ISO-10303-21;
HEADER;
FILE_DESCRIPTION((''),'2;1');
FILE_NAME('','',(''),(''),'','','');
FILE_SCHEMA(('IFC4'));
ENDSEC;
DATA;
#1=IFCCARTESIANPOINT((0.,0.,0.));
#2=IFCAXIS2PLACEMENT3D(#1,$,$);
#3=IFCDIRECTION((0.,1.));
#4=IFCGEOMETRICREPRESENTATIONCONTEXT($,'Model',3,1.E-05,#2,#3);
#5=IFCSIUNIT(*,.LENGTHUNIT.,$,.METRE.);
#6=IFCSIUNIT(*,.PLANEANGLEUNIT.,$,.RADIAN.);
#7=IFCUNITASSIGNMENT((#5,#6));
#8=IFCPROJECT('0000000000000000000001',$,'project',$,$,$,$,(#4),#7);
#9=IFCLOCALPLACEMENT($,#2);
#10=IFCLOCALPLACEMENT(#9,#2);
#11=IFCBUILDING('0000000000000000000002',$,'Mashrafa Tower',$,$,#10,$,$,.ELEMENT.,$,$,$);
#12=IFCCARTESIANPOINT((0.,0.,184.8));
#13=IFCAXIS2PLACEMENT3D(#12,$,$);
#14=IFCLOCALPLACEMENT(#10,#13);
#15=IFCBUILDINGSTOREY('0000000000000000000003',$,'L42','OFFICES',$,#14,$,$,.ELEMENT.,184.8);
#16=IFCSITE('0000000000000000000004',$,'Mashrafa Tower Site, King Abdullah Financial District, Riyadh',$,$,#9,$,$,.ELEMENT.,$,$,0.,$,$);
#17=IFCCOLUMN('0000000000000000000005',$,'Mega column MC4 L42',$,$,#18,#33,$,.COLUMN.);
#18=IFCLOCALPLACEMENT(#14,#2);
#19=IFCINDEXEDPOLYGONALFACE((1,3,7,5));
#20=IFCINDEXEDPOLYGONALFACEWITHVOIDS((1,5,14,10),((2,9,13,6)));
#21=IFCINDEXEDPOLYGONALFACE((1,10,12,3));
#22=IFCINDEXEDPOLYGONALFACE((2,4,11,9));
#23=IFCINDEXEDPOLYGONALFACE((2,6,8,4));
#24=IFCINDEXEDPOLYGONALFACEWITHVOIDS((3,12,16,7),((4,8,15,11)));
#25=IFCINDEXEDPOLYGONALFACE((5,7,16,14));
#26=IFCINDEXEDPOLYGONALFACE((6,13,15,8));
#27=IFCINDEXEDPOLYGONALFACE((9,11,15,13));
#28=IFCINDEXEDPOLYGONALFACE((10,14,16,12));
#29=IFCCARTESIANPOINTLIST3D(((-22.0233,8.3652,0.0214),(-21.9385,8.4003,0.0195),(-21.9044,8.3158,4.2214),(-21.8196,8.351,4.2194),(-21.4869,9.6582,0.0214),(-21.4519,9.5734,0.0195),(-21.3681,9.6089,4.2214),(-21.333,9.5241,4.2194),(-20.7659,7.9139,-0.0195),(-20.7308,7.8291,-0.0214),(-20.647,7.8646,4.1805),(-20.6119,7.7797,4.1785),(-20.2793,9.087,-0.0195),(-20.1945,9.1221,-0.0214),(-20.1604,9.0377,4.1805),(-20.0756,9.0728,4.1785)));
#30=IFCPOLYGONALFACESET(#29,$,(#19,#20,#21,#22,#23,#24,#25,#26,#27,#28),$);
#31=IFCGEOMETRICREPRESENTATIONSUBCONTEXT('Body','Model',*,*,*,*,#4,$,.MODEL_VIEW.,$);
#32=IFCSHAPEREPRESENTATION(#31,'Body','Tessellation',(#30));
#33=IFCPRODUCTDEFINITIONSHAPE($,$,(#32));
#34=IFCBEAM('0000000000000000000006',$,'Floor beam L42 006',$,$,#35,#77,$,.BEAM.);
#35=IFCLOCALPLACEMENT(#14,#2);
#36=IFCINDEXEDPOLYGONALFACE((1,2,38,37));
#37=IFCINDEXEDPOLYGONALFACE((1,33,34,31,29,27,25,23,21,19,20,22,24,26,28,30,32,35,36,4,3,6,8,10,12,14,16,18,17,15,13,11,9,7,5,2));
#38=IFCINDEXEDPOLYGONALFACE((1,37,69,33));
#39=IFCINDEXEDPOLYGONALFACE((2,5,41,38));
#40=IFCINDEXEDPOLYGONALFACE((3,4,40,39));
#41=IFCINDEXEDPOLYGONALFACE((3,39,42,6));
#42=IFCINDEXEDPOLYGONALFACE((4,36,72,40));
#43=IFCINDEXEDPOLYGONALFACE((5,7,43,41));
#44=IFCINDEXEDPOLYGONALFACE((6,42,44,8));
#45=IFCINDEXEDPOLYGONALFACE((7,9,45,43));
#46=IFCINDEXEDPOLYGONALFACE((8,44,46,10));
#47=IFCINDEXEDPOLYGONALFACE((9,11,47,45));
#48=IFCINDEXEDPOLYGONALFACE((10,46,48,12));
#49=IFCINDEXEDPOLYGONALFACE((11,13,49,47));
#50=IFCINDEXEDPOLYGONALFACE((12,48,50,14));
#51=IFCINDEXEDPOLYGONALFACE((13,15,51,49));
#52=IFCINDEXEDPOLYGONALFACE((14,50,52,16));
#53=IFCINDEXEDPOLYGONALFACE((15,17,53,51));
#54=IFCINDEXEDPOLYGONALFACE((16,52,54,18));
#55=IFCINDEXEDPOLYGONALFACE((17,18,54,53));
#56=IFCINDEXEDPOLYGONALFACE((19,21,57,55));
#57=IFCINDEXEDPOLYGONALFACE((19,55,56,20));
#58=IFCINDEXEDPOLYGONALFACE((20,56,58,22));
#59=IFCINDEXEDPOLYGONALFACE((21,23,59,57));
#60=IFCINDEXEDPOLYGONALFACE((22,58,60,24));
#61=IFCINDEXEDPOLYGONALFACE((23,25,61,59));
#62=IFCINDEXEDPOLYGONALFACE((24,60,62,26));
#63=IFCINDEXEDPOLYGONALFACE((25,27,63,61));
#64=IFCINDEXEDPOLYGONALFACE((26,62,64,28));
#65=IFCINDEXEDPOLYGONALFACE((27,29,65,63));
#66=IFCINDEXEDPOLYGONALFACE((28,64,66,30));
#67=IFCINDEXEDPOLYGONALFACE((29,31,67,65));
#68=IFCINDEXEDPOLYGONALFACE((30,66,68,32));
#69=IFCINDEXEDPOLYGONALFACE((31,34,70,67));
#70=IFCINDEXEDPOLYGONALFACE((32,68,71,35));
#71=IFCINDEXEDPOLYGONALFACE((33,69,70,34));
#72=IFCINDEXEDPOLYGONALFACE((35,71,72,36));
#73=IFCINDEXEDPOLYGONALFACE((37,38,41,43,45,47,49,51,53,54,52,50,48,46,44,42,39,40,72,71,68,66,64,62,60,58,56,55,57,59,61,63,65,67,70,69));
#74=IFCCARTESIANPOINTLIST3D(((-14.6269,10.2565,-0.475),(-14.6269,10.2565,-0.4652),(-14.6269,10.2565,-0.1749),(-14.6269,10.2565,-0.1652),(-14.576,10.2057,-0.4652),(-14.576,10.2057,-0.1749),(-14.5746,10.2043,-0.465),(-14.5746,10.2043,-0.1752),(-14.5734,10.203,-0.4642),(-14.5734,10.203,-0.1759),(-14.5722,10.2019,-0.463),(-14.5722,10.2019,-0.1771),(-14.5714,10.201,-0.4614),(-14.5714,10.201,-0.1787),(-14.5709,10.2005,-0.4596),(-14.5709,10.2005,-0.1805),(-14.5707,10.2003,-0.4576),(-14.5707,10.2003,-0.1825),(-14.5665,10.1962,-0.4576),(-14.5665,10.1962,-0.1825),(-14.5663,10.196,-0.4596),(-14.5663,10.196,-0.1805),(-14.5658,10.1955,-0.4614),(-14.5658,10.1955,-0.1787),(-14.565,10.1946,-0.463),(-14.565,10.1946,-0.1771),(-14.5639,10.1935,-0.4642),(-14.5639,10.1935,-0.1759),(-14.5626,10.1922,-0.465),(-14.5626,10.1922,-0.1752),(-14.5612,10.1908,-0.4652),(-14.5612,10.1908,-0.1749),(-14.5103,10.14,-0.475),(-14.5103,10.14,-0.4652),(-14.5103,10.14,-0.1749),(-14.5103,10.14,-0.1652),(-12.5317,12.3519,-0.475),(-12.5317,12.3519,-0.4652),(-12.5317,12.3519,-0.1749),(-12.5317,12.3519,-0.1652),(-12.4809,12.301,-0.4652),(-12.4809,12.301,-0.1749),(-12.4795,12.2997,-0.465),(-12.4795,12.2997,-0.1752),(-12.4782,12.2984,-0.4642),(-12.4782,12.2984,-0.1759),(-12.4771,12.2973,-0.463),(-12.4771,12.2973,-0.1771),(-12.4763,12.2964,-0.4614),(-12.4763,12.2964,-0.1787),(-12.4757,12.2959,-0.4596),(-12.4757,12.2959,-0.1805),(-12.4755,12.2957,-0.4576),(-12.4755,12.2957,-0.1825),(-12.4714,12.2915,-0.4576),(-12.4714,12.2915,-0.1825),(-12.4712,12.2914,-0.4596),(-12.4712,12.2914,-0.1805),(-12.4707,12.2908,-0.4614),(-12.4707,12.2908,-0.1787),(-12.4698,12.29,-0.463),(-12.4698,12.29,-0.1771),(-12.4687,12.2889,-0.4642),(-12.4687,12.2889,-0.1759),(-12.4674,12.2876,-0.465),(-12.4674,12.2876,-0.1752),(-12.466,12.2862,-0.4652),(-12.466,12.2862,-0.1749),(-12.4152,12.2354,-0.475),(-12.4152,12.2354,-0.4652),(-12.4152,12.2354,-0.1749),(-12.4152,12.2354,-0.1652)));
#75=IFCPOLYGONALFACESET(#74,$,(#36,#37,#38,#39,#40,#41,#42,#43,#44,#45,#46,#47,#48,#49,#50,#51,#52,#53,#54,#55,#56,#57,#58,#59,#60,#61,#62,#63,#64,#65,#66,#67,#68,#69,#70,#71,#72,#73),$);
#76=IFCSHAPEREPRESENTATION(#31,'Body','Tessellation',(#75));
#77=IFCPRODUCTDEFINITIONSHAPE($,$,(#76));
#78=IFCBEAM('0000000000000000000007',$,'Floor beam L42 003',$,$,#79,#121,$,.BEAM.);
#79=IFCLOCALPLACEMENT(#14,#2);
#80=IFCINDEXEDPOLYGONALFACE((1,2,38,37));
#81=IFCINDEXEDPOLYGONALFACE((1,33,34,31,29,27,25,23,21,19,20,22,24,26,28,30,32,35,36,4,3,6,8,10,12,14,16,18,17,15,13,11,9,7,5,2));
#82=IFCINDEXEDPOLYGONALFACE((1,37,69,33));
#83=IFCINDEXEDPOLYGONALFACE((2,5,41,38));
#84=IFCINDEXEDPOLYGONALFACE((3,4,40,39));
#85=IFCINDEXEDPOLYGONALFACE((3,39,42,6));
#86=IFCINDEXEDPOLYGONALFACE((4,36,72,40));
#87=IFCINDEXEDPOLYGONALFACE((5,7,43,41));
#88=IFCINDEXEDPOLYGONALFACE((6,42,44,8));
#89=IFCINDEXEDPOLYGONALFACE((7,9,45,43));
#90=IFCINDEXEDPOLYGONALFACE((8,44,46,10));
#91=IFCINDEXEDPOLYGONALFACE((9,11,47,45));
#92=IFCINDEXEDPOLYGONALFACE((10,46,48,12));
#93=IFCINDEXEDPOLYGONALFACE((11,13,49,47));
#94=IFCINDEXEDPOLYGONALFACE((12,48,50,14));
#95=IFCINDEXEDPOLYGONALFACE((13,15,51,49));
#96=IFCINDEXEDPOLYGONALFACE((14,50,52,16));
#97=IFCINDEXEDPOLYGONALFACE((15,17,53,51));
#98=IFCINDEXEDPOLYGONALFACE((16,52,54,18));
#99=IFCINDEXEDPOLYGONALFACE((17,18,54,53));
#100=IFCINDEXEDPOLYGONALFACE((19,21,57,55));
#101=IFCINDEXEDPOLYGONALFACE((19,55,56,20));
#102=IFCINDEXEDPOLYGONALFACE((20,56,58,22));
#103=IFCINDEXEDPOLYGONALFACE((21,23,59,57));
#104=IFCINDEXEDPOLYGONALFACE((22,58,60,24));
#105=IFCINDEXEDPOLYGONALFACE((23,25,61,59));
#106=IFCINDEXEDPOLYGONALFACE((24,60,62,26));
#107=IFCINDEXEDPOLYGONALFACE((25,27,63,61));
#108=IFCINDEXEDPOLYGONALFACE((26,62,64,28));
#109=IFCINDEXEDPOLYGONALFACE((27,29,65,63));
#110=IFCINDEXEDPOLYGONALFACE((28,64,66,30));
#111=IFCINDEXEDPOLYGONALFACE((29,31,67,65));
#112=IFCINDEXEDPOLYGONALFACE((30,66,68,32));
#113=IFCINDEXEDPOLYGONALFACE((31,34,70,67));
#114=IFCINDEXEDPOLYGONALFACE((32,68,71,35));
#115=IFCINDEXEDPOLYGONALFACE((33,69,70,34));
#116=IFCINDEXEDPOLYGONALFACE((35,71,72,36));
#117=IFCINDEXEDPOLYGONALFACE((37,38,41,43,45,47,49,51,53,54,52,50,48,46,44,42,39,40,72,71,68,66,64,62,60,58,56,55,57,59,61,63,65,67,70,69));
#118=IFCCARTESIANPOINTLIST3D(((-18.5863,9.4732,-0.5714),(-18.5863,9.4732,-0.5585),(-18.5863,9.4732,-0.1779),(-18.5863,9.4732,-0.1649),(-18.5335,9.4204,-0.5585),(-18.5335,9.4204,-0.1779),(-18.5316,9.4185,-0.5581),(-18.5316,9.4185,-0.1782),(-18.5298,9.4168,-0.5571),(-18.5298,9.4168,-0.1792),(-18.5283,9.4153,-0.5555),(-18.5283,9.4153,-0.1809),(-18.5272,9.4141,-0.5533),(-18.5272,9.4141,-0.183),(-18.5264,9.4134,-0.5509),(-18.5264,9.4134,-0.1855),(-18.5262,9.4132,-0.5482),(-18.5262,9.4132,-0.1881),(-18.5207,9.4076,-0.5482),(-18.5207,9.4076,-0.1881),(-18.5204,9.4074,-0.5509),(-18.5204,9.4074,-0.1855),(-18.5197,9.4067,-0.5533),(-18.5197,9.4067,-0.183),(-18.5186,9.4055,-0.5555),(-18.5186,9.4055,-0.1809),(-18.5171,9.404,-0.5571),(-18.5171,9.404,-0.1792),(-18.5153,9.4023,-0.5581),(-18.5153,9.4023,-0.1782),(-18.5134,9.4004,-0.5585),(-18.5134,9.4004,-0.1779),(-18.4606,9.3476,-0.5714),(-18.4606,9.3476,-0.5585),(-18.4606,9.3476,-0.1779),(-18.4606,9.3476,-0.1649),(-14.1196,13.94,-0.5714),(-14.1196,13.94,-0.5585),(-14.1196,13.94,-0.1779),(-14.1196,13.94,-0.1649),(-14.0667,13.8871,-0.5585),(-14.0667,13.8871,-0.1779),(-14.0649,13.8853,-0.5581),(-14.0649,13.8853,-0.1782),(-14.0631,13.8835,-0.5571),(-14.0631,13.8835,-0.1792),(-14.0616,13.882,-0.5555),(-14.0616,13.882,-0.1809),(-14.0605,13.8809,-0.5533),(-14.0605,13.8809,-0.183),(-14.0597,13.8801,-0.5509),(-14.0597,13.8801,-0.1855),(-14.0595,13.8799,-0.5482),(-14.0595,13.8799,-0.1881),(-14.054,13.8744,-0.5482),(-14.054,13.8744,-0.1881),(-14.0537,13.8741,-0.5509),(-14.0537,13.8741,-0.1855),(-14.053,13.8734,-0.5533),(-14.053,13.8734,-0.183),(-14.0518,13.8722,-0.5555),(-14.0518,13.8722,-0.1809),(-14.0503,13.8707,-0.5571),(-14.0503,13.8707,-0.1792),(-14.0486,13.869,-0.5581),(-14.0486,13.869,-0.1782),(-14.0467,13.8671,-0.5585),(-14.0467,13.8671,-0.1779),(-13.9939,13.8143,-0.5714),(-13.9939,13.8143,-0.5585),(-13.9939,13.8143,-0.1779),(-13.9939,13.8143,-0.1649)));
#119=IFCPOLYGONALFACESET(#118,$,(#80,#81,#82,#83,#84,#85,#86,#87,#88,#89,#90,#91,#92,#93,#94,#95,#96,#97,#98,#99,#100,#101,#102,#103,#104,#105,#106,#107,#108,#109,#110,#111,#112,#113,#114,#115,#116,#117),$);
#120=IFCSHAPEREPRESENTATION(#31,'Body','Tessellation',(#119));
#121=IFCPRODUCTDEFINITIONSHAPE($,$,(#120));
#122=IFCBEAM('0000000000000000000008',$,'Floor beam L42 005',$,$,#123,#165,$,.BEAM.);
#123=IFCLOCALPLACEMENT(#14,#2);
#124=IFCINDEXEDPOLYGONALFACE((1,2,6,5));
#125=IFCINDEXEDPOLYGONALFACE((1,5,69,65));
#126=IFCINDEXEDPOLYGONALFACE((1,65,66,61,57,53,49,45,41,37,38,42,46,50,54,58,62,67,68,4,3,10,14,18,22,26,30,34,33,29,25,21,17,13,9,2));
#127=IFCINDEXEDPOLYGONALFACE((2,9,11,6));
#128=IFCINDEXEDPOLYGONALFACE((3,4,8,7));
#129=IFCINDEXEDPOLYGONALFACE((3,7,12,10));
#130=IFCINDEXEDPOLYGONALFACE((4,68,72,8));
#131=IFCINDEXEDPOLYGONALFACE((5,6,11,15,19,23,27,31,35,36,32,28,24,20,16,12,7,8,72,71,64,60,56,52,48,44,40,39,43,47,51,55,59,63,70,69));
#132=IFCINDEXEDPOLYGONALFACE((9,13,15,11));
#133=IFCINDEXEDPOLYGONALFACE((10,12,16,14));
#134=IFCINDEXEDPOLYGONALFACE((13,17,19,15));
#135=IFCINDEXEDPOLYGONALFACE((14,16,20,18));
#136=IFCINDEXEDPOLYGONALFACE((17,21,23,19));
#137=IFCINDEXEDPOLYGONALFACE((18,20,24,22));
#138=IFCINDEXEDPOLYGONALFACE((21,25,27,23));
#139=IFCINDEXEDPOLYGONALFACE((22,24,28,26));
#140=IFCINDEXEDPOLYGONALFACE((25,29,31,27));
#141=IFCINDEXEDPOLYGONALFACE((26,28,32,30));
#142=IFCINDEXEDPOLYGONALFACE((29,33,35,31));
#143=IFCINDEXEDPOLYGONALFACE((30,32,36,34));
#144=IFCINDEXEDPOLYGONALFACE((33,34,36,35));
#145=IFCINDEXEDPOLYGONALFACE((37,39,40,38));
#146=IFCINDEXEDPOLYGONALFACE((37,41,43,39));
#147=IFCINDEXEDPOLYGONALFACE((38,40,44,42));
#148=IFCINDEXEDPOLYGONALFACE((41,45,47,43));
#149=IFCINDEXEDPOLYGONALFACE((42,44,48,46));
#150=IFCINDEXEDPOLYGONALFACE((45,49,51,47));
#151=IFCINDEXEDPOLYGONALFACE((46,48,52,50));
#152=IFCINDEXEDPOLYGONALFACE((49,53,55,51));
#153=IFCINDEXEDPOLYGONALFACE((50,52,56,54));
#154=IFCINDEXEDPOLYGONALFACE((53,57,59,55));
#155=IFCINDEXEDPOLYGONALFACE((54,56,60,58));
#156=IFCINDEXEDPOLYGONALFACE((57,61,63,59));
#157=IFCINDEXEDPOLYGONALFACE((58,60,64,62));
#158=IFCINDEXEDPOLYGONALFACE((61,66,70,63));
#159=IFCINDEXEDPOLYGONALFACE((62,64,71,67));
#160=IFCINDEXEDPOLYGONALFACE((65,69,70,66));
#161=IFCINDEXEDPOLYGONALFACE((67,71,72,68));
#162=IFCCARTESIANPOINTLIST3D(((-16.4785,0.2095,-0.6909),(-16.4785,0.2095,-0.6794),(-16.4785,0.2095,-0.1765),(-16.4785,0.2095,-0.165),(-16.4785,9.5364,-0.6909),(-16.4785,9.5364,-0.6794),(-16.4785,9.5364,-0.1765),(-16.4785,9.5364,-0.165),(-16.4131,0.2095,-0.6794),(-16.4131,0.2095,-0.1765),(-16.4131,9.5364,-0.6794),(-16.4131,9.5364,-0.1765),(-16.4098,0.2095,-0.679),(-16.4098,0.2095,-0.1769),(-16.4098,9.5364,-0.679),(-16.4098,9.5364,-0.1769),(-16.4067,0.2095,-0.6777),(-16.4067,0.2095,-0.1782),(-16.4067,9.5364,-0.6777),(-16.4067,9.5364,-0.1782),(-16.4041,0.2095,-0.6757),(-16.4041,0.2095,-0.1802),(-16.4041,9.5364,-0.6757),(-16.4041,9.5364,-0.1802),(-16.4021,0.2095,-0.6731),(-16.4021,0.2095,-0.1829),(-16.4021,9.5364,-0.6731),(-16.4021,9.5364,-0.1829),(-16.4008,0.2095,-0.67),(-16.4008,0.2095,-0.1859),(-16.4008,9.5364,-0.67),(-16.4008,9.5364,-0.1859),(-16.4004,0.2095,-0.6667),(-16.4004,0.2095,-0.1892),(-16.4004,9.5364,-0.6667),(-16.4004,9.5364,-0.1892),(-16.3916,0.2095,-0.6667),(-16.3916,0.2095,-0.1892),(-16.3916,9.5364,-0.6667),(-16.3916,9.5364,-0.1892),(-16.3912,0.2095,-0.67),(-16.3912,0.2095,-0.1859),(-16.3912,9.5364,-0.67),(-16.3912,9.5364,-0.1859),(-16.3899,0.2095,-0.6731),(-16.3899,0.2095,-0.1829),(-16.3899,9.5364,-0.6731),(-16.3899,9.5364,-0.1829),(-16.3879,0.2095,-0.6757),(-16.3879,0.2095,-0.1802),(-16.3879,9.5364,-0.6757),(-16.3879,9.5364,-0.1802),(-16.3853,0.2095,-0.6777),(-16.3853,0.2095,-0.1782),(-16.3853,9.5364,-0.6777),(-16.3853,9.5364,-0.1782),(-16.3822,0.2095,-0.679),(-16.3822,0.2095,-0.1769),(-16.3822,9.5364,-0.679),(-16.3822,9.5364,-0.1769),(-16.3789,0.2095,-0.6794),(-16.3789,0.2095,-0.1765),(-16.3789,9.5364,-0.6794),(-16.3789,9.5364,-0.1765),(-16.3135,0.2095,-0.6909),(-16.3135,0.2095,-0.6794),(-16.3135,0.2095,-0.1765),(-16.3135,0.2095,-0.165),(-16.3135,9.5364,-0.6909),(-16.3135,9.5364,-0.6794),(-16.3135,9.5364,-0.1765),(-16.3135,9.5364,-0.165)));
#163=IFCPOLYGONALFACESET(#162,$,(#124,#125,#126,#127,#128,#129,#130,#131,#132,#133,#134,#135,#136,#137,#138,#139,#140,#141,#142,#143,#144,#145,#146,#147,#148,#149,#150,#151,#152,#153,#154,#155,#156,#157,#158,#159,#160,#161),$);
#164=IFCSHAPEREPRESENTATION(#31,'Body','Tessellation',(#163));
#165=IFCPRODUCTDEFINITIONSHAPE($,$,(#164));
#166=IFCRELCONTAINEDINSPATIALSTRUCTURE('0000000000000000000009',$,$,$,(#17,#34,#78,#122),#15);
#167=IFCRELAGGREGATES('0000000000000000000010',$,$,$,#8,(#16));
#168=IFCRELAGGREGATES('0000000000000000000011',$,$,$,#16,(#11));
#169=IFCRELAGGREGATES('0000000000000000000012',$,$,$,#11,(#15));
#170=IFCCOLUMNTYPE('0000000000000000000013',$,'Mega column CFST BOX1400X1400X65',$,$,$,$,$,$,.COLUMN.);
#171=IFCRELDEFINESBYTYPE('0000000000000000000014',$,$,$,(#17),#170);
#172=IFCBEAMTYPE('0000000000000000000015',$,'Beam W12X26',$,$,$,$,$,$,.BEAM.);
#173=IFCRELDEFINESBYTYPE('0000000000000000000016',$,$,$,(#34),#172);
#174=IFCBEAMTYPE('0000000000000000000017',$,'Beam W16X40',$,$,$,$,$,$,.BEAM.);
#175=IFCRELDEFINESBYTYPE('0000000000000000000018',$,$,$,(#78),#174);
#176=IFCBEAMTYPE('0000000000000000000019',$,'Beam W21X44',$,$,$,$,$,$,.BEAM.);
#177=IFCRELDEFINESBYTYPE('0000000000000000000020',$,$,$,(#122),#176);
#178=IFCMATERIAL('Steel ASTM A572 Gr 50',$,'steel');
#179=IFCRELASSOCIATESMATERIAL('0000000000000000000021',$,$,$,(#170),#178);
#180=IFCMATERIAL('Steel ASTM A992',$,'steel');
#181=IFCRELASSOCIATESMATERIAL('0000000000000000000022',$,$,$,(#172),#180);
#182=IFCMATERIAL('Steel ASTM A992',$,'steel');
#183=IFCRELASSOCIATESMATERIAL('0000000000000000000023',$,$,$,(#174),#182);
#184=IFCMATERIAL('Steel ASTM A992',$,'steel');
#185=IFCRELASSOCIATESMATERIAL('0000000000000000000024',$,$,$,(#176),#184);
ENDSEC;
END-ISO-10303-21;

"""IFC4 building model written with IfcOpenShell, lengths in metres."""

from ifc_helpers import new_model, si_unit, direction, frame, origin, origin_2d, place, context, subcontext, project, spatial, hollow_rectangle, i_section, extrude, material, material_profile, profile_set, type_object, element, save


model = new_model("IFC4")

# Units and contexts
model_context = context("Model", 3, precision=1e-05, world=origin(), true_north=direction((0.0, 1.0)))
body_context = subcontext(model_context, "Body", "Model", "MODEL_VIEW")
ifc_project = project(units=[si_unit("LENGTHUNIT", "METRE"), si_unit("PLANEANGLEUNIT", "RADIAN")], contexts=[model_context])

# Site, building, storey
site_placement = place(None, origin())
site = spatial("IfcSite", under=ifc_project, at=site_placement, Name="Mashrafa Tower Site, King Abdullah Financial District, Riyadh", CompositionType="ELEMENT", RefElevation=0.0)
building_placement = place(site_placement, origin())
building = spatial("IfcBuilding", under=site, at=building_placement, Name="Mashrafa Tower", CompositionType="ELEMENT")
storey_placement = place(building_placement, frame((0.0, 0.0, 184.8)))
storey = spatial("IfcBuildingStorey", under=building, at=storey_placement, Name="L42", Description="OFFICES", CompositionType="ELEMENT", Elevation=184.8)

# Column
ifc_material_1 = material(Name="Steel ASTM A572 Gr 50", Category="steel")
ifc_material_profile_1 = material_profile(ifc_material_1, hollow_rectangle(XDim=1.3999, YDim=1.3999, WallThickness=0.0649, at=origin_2d()), Name="BOX1400X1400X65")
ifc_profile_set_1 = profile_set([ifc_material_profile_1], Name="Steel ASTM A572 Gr 50")
column_type = type_object("IfcColumnType", Name="Mega column CFST BOX1400X1400X65", PredefinedType="COLUMN", material=ifc_profile_set_1)
column_placement = place(storey_placement, frame((-21.1089, 8.7437, 0.0), z_axis=(0.028296, -0.011737, 0.999531), x_axis=(0.383133, 0.923693, 0.0)))
element("IfcColumn", 1, at=column_placement, inside=storey, type_object=column_type, Name="Mega column MC4 L42", PredefinedType="COLUMN", context=body_context, shape_type="SweptSolid", body=[
    extrude(hollow_rectangle(XDim=1.3999, YDim=1.3999, WallThickness=0.0649, at=origin_2d()), origin(), (0.0, 0.0, 1.0), 4.2019),
])

# Beams
ifc_material_2 = material(Name="Steel ASTM A992", Category="steel")
ifc_material_profile_2 = material_profile(ifc_material_2, i_section(OverallWidth=0.1648, OverallDepth=0.3098, WebThickness=0.0059, FlangeThickness=0.0098, FilletRadius=0.0076, at=origin_2d()), Name="W12X26")
ifc_profile_set_2 = profile_set([ifc_material_profile_2], Name="Steel ASTM A992")
beam_type_1 = type_object("IfcBeamType", Name="Beam W12X26", PredefinedType="BEAM", material=ifc_profile_set_2)
beam_1_placement = place(storey_placement, frame((-14.5686, 10.1982, -0.3201), z_axis=(0.707066, 0.707148, 0.0), x_axis=(-0.707148, 0.707066, 0.0)))
element("IfcBeam", 2, at=beam_1_placement, inside=storey, type_object=beam_type_1, Name="Floor beam L42 006", PredefinedType="BEAM", context=body_context, shape_type="SweptSolid", body=[
    extrude(i_section(OverallWidth=0.1648, OverallDepth=0.3098, WebThickness=0.0059, FlangeThickness=0.0098, FilletRadius=0.0076, at=origin_2d()), origin(), (0.0, 0.0, 1.0), 2.9631),
])
ifc_material_3 = material(Name="Steel ASTM A992", Category="steel")
ifc_material_profile_3 = material_profile(ifc_material_3, i_section(OverallWidth=0.1777, OverallDepth=0.4065, WebThickness=0.0078, FlangeThickness=0.0129, FilletRadius=0.0103, at=origin_2d()), Name="W16X40")
ifc_profile_set_3 = profile_set([ifc_material_profile_3], Name="Steel ASTM A992")
beam_type_2 = type_object("IfcBeamType", Name="Beam W16X40", PredefinedType="BEAM", material=ifc_profile_set_3)
beam_2_placement = place(storey_placement, frame((-18.5234, 9.4104, -0.3682), z_axis=(0.707107, 0.707107, 0.0), x_axis=(-0.707107, 0.707107, 0.0)))
element("IfcBeam", 3, at=beam_2_placement, inside=storey, type_object=beam_type_2, Name="Floor beam L42 003", PredefinedType="BEAM", context=body_context, shape_type="SweptSolid", body=[
    extrude(i_section(OverallWidth=0.1777, OverallDepth=0.4065, WebThickness=0.0078, FlangeThickness=0.0129, FilletRadius=0.0103, at=origin_2d()), origin(), (0.0, 0.0, 1.0), 6.3169),
])
ifc_material_4 = material(Name="Steel ASTM A992", Category="steel")
ifc_material_profile_4 = material_profile(ifc_material_4, i_section(OverallWidth=0.165, OverallDepth=0.5259, WebThickness=0.0088, FlangeThickness=0.0115, FilletRadius=0.0127, at=origin_2d()), Name="W21X44")
ifc_profile_set_4 = profile_set([ifc_material_profile_4], Name="Steel ASTM A992")
beam_type_3 = type_object("IfcBeamType", Name="Beam W21X44", PredefinedType="BEAM", material=ifc_profile_set_4)
beam_3_placement = place(storey_placement, frame((-16.396, 0.2095, -0.428), z_axis=(0.0, 1.0, 0.0), x_axis=(-1.0, 0.0, 0.0)))
element("IfcBeam", 4, at=beam_3_placement, inside=storey, type_object=beam_type_3, Name="Floor beam L42 005", PredefinedType="BEAM", context=body_context, shape_type="SweptSolid", body=[
    extrude(i_section(OverallWidth=0.165, OverallDepth=0.5259, WebThickness=0.0088, FlangeThickness=0.0115, FilletRadius=0.0127, at=origin_2d()), origin(), (0.0, 0.0, 1.0), 9.3269),
])

save(model, "model.ifc")
